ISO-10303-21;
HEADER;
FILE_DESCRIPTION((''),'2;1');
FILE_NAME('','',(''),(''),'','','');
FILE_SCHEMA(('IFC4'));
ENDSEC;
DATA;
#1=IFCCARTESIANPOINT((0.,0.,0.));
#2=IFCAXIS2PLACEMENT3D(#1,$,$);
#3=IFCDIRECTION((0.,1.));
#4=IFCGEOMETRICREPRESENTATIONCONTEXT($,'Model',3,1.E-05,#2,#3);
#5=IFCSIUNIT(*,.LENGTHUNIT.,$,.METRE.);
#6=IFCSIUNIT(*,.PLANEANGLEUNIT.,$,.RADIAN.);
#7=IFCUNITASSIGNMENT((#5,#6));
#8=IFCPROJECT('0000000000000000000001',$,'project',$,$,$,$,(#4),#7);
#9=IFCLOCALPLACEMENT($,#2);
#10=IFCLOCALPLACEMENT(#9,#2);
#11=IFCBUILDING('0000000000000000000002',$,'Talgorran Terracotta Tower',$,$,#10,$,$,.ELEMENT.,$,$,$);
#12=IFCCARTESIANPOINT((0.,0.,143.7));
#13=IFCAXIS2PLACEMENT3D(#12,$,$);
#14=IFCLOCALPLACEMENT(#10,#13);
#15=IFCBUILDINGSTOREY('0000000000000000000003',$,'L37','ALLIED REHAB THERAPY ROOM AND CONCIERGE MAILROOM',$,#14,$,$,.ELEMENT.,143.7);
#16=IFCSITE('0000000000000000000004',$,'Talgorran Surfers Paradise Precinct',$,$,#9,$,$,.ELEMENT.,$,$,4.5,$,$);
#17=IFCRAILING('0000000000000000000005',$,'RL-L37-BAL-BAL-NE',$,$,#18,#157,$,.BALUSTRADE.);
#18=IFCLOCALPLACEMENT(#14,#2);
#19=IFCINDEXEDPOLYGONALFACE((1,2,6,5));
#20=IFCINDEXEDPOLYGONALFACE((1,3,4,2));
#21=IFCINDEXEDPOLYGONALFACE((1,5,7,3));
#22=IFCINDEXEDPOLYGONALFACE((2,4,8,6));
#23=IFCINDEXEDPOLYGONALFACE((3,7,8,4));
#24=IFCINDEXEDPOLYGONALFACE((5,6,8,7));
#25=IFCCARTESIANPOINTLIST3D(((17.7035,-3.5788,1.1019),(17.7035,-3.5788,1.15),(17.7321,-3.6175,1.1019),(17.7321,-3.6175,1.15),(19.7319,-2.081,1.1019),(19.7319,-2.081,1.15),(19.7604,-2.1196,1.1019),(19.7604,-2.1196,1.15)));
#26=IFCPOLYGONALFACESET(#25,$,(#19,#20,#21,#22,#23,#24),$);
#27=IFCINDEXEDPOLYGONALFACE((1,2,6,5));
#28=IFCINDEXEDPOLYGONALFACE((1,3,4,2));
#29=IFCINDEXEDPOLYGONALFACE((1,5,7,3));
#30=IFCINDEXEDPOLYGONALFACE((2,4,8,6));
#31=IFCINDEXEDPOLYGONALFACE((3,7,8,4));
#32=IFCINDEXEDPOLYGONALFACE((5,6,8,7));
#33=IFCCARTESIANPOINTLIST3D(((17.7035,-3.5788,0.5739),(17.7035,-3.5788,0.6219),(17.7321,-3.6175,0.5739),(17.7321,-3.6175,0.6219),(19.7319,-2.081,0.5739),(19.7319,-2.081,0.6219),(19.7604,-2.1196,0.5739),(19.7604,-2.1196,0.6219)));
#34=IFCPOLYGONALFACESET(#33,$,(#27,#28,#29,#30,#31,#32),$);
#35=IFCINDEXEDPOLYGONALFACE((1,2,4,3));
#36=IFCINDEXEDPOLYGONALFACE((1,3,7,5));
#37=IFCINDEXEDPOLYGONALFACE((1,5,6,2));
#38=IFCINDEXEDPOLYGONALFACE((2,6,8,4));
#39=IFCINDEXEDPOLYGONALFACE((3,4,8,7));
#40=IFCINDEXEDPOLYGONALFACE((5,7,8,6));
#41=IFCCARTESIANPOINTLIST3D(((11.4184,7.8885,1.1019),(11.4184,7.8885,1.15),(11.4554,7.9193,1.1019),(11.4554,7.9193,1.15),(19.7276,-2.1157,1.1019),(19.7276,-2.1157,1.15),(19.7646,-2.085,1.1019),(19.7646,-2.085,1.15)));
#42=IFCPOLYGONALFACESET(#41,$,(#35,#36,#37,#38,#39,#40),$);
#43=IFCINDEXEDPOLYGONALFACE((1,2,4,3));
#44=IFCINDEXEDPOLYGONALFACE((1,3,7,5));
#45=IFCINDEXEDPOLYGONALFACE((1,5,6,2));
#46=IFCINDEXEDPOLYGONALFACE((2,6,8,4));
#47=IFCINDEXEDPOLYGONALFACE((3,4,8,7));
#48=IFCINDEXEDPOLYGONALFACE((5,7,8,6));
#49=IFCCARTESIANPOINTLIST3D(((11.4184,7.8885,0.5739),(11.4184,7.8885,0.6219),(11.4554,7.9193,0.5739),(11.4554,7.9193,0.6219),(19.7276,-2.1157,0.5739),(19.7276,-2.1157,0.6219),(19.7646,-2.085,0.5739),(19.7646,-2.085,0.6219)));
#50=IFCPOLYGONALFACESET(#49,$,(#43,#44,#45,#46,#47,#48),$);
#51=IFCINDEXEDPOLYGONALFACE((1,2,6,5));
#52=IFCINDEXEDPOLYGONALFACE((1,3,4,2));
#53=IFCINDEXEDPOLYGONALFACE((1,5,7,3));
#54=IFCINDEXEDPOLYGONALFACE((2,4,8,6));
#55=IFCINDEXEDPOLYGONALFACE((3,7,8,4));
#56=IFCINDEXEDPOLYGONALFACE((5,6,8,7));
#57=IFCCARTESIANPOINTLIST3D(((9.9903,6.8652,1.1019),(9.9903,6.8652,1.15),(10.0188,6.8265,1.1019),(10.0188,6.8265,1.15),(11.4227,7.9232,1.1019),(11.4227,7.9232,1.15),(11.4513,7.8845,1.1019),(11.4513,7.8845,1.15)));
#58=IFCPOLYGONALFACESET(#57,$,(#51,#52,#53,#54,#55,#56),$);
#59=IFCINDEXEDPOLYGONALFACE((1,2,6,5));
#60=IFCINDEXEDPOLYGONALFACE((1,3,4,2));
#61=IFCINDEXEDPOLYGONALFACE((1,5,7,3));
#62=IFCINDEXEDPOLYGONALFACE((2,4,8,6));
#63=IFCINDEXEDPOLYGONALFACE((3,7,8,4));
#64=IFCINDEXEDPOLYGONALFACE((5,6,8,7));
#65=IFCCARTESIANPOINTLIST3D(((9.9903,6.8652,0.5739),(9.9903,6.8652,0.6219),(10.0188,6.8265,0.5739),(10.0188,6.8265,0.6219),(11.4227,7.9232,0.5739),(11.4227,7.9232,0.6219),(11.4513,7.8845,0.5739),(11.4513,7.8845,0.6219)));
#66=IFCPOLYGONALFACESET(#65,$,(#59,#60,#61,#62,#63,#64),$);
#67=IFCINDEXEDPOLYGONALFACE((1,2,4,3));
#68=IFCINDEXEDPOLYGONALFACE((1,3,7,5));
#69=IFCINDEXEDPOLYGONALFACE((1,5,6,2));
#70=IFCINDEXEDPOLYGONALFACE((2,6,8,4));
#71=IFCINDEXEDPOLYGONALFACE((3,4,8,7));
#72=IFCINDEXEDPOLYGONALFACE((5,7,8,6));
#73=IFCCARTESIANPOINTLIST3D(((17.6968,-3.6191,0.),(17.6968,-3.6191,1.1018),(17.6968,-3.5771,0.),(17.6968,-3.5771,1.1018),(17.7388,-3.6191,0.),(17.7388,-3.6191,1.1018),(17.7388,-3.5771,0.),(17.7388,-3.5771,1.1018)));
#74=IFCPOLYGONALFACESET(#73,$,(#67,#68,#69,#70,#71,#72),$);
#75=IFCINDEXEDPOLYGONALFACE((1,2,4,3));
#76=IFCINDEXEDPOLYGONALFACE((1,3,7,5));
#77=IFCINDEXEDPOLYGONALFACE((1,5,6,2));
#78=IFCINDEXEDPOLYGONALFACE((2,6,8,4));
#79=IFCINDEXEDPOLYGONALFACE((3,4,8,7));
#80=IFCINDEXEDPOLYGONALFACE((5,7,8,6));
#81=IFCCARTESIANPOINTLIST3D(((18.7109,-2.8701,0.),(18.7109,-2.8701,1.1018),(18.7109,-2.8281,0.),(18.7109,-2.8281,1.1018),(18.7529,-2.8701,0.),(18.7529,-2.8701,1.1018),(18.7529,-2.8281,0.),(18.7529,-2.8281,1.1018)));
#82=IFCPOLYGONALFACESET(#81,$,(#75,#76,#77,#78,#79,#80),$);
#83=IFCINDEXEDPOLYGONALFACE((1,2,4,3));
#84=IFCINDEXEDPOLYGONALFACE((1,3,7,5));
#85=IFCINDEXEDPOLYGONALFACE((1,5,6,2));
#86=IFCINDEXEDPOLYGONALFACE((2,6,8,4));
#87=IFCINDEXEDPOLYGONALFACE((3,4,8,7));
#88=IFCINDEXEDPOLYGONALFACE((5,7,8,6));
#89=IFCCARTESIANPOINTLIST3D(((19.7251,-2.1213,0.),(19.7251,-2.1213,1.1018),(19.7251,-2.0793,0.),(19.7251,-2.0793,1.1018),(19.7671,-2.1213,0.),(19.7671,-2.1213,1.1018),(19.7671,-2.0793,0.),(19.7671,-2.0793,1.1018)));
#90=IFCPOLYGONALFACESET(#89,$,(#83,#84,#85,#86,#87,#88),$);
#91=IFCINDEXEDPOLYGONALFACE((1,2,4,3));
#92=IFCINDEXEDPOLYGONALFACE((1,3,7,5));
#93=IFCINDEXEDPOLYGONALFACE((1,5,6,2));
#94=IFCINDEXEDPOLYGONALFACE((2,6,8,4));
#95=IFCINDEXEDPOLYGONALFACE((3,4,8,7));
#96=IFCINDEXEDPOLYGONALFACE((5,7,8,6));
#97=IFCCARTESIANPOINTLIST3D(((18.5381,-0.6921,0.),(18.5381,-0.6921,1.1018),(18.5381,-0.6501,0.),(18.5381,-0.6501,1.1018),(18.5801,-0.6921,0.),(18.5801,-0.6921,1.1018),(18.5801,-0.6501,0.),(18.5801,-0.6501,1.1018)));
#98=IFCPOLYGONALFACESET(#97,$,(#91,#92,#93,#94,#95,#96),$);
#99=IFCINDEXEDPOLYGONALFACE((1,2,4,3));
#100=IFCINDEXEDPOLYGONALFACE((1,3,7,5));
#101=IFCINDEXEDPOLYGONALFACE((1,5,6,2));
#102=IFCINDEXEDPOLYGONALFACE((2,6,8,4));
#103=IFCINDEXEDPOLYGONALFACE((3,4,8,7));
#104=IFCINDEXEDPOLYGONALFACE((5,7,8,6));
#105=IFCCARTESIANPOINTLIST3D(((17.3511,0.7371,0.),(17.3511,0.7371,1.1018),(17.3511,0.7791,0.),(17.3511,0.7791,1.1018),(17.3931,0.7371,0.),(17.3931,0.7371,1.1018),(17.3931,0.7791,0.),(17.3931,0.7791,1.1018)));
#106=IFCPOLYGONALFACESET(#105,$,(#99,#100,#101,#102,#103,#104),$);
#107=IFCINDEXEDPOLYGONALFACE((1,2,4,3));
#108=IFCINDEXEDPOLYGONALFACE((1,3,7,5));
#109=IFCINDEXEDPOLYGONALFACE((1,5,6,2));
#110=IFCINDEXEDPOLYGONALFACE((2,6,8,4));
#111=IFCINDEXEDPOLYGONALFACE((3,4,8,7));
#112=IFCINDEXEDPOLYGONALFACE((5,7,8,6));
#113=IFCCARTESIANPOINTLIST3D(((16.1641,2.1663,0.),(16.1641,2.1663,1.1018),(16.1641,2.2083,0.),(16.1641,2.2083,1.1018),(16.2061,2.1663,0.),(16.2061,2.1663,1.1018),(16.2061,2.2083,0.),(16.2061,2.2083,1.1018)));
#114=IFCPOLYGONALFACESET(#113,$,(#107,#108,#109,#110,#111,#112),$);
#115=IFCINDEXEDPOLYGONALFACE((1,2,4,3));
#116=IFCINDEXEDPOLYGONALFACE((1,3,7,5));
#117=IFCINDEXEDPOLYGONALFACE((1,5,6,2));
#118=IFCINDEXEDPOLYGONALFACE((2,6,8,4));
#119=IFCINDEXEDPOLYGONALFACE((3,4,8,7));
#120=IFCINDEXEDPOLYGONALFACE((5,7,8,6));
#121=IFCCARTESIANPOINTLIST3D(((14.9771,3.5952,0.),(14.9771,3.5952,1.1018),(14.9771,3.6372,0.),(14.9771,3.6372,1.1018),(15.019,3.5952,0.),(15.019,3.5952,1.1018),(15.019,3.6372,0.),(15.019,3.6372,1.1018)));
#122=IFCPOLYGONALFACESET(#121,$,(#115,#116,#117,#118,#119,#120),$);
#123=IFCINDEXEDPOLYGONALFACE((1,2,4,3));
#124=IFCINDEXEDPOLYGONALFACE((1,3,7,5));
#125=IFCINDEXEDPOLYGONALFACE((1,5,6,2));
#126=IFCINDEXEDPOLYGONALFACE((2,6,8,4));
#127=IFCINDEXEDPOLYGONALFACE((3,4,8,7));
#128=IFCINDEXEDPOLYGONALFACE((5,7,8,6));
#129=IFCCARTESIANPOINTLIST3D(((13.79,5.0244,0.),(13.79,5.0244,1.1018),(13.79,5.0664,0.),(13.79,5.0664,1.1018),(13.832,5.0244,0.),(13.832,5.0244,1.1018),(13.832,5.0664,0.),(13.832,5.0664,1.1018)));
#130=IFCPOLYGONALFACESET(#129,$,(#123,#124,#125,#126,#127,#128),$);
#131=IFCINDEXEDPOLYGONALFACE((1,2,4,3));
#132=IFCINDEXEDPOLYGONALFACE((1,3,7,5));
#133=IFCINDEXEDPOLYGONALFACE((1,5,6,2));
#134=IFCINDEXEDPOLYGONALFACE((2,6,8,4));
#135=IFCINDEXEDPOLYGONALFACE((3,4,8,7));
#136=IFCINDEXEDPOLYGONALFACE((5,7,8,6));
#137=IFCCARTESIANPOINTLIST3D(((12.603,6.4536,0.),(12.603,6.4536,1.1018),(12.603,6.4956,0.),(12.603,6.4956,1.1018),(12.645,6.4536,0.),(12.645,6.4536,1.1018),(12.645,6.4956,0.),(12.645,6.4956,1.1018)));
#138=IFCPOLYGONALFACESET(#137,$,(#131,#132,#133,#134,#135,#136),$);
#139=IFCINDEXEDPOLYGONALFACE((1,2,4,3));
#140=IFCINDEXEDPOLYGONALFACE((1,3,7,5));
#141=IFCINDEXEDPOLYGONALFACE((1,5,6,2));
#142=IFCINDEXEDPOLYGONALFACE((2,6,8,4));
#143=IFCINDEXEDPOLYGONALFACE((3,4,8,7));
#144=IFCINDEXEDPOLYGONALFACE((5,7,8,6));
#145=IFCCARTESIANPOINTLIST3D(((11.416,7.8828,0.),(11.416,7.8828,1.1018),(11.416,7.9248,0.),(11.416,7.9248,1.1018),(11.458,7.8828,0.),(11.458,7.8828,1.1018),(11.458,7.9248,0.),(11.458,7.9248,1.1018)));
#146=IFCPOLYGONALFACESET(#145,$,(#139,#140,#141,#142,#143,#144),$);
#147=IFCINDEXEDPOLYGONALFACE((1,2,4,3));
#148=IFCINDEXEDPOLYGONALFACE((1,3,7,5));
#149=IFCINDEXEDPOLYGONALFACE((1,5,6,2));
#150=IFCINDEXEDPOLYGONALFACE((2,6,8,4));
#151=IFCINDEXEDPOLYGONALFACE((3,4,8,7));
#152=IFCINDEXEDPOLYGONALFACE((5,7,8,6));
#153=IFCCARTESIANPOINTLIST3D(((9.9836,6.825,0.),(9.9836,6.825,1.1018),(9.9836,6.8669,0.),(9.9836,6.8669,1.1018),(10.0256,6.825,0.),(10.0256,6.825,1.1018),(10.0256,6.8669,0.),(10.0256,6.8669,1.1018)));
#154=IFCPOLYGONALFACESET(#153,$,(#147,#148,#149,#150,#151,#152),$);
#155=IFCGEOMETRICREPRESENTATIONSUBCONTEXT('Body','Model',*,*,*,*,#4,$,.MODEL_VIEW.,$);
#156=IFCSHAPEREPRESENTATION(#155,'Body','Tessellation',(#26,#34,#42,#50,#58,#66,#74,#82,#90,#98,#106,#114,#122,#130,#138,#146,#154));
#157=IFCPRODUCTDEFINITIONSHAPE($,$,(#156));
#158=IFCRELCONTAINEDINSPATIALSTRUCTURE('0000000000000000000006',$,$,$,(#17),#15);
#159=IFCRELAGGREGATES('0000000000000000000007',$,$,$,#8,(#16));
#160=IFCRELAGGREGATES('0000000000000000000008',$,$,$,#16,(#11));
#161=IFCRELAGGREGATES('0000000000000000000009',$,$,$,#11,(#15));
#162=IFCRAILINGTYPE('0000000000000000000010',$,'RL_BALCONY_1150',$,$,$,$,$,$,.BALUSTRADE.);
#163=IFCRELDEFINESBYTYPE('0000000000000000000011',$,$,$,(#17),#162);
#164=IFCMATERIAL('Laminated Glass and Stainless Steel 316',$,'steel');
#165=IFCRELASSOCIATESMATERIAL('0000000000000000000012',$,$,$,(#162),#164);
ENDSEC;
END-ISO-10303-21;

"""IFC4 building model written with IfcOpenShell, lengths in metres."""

from ifc_helpers import new_model, si_unit, direction, frame, origin, origin_2d, place, context, subcontext, project, spatial, rectangle, extrude, material, type_object, element, save


model = new_model("IFC4")

# Units and contexts
model_context = context("Model", 3, precision=1e-05, world=origin(), true_north=direction((0.0, 1.0)))
body_context = subcontext(model_context, "Body", "Model", "MODEL_VIEW")
ifc_project = project(units=[si_unit("LENGTHUNIT", "METRE"), si_unit("PLANEANGLEUNIT", "RADIAN")], contexts=[model_context])

# Site, building, storey
site_placement = place(None, origin())
site = spatial("IfcSite", under=ifc_project, at=site_placement, Name="Talgorran Surfers Paradise Precinct", CompositionType="ELEMENT", RefElevation=4.5)
building_placement = place(site_placement, origin())
building = spatial("IfcBuilding", under=site, at=building_placement, Name="Talgorran Terracotta Tower", CompositionType="ELEMENT")
storey_placement = place(building_placement, frame((0.0, 0.0, 143.7)))
storey = spatial("IfcBuildingStorey", under=building, at=storey_placement, Name="L37", Description="ALLIED REHAB THERAPY ROOM AND CONCIERGE MAILROOM", CompositionType="ELEMENT", Elevation=143.7)

# Railing
ifc_material_1 = material(Name="Laminated Glass and Stainless Steel 316", Category="steel")
railing_type = type_object("IfcRailingType", Name="RL_BALCONY_1150", PredefinedType="BALUSTRADE", material=ifc_material_1)
railing_placement = place(storey_placement, frame((17.7178, -3.5981, 0.0)))
element("IfcRailing", 1, at=railing_placement, inside=storey, type_object=railing_type, Name="RL-L37-BAL-BAL-NE", PredefinedType="BALUSTRADE", context=body_context, shape_type="SweptSolid", body=[
    extrude(rectangle(XDim=0.0481, YDim=0.0481, at=origin_2d()), frame((0.0, 0.0, 1.126), z_axis=(0.80444, 0.594034, 0.0), x_axis=(-0.594034, 0.80444, 0.0)), (0.0, 0.0, 1.0), 2.5215),
    extrude(rectangle(XDim=0.0481, YDim=0.0481, at=origin_2d()), frame((0.0, 0.0, 0.5979), z_axis=(0.80444, 0.594034, 0.0), x_axis=(-0.594034, 0.80444, 0.0)), (0.0, 0.0, 1.0), 2.5215),
    extrude(rectangle(XDim=0.0481, YDim=0.0481, at=origin_2d()), frame((2.0283, 1.4978, 1.126), z_axis=(-0.638926, 0.769268, 0.0), x_axis=(-0.769268, -0.638926, 0.0)), (0.0, 0.0, 1.0), 13.0049),
    extrude(rectangle(XDim=0.0481, YDim=0.0481, at=origin_2d()), frame((2.0283, 1.4978, 0.5979), z_axis=(-0.638926, 0.769268, 0.0), x_axis=(-0.769268, -0.638926, 0.0)), (0.0, 0.0, 1.0), 13.0049),
    extrude(rectangle(XDim=0.0481, YDim=0.0481, at=origin_2d()), frame((-6.2808, 11.502, 1.126), z_axis=(-0.804404, -0.594083, 0.0), x_axis=(0.594083, -0.804404, 0.0)), (0.0, 0.0, 1.0), 1.7808),
    extrude(rectangle(XDim=0.0481, YDim=0.0481, at=origin_2d()), frame((-6.2808, 11.502, 0.5979), z_axis=(-0.804404, -0.594083, 0.0), x_axis=(0.594083, -0.804404, 0.0)), (0.0, 0.0, 1.0), 1.7808),
    extrude(rectangle(XDim=0.042, YDim=0.042, at=origin_2d()), origin(), (0.0, 0.0, 1.0), 1.1018),
    extrude(rectangle(XDim=0.042, YDim=0.042, at=origin_2d()), frame((1.0142, 0.749, 0.0)), (0.0, 0.0, 1.0), 1.1018),
    extrude(rectangle(XDim=0.042, YDim=0.042, at=origin_2d()), frame((2.0283, 1.4978, 0.0)), (0.0, 0.0, 1.0), 1.1018),
    extrude(rectangle(XDim=0.042, YDim=0.042, at=origin_2d()), frame((0.8413, 2.927, 0.0)), (0.0, 0.0, 1.0), 1.1018),
    extrude(rectangle(XDim=0.042, YDim=0.042, at=origin_2d()), frame((-0.3457, 4.3562, 0.0)), (0.0, 0.0, 1.0), 1.1018),
    extrude(rectangle(XDim=0.042, YDim=0.042, at=origin_2d()), frame((-1.5327, 5.7854, 0.0)), (0.0, 0.0, 1.0), 1.1018),
    extrude(rectangle(XDim=0.042, YDim=0.042, at=origin_2d()), frame((-2.7197, 7.2144, 0.0)), (0.0, 0.0, 1.0), 1.1018),
    extrude(rectangle(XDim=0.042, YDim=0.042, at=origin_2d()), frame((-3.9067, 8.6436, 0.0)), (0.0, 0.0, 1.0), 1.1018),
    extrude(rectangle(XDim=0.042, YDim=0.042, at=origin_2d()), frame((-5.0938, 10.0728, 0.0)), (0.0, 0.0, 1.0), 1.1018),
    extrude(rectangle(XDim=0.042, YDim=0.042, at=origin_2d()), frame((-6.2808, 11.502, 0.0)), (0.0, 0.0, 1.0), 1.1018),
    extrude(rectangle(XDim=0.042, YDim=0.042, at=origin_2d()), frame((-7.7131, 10.4441, 0.0)), (0.0, 0.0, 1.0), 1.1018),
])

save(model, "model.ifc")
